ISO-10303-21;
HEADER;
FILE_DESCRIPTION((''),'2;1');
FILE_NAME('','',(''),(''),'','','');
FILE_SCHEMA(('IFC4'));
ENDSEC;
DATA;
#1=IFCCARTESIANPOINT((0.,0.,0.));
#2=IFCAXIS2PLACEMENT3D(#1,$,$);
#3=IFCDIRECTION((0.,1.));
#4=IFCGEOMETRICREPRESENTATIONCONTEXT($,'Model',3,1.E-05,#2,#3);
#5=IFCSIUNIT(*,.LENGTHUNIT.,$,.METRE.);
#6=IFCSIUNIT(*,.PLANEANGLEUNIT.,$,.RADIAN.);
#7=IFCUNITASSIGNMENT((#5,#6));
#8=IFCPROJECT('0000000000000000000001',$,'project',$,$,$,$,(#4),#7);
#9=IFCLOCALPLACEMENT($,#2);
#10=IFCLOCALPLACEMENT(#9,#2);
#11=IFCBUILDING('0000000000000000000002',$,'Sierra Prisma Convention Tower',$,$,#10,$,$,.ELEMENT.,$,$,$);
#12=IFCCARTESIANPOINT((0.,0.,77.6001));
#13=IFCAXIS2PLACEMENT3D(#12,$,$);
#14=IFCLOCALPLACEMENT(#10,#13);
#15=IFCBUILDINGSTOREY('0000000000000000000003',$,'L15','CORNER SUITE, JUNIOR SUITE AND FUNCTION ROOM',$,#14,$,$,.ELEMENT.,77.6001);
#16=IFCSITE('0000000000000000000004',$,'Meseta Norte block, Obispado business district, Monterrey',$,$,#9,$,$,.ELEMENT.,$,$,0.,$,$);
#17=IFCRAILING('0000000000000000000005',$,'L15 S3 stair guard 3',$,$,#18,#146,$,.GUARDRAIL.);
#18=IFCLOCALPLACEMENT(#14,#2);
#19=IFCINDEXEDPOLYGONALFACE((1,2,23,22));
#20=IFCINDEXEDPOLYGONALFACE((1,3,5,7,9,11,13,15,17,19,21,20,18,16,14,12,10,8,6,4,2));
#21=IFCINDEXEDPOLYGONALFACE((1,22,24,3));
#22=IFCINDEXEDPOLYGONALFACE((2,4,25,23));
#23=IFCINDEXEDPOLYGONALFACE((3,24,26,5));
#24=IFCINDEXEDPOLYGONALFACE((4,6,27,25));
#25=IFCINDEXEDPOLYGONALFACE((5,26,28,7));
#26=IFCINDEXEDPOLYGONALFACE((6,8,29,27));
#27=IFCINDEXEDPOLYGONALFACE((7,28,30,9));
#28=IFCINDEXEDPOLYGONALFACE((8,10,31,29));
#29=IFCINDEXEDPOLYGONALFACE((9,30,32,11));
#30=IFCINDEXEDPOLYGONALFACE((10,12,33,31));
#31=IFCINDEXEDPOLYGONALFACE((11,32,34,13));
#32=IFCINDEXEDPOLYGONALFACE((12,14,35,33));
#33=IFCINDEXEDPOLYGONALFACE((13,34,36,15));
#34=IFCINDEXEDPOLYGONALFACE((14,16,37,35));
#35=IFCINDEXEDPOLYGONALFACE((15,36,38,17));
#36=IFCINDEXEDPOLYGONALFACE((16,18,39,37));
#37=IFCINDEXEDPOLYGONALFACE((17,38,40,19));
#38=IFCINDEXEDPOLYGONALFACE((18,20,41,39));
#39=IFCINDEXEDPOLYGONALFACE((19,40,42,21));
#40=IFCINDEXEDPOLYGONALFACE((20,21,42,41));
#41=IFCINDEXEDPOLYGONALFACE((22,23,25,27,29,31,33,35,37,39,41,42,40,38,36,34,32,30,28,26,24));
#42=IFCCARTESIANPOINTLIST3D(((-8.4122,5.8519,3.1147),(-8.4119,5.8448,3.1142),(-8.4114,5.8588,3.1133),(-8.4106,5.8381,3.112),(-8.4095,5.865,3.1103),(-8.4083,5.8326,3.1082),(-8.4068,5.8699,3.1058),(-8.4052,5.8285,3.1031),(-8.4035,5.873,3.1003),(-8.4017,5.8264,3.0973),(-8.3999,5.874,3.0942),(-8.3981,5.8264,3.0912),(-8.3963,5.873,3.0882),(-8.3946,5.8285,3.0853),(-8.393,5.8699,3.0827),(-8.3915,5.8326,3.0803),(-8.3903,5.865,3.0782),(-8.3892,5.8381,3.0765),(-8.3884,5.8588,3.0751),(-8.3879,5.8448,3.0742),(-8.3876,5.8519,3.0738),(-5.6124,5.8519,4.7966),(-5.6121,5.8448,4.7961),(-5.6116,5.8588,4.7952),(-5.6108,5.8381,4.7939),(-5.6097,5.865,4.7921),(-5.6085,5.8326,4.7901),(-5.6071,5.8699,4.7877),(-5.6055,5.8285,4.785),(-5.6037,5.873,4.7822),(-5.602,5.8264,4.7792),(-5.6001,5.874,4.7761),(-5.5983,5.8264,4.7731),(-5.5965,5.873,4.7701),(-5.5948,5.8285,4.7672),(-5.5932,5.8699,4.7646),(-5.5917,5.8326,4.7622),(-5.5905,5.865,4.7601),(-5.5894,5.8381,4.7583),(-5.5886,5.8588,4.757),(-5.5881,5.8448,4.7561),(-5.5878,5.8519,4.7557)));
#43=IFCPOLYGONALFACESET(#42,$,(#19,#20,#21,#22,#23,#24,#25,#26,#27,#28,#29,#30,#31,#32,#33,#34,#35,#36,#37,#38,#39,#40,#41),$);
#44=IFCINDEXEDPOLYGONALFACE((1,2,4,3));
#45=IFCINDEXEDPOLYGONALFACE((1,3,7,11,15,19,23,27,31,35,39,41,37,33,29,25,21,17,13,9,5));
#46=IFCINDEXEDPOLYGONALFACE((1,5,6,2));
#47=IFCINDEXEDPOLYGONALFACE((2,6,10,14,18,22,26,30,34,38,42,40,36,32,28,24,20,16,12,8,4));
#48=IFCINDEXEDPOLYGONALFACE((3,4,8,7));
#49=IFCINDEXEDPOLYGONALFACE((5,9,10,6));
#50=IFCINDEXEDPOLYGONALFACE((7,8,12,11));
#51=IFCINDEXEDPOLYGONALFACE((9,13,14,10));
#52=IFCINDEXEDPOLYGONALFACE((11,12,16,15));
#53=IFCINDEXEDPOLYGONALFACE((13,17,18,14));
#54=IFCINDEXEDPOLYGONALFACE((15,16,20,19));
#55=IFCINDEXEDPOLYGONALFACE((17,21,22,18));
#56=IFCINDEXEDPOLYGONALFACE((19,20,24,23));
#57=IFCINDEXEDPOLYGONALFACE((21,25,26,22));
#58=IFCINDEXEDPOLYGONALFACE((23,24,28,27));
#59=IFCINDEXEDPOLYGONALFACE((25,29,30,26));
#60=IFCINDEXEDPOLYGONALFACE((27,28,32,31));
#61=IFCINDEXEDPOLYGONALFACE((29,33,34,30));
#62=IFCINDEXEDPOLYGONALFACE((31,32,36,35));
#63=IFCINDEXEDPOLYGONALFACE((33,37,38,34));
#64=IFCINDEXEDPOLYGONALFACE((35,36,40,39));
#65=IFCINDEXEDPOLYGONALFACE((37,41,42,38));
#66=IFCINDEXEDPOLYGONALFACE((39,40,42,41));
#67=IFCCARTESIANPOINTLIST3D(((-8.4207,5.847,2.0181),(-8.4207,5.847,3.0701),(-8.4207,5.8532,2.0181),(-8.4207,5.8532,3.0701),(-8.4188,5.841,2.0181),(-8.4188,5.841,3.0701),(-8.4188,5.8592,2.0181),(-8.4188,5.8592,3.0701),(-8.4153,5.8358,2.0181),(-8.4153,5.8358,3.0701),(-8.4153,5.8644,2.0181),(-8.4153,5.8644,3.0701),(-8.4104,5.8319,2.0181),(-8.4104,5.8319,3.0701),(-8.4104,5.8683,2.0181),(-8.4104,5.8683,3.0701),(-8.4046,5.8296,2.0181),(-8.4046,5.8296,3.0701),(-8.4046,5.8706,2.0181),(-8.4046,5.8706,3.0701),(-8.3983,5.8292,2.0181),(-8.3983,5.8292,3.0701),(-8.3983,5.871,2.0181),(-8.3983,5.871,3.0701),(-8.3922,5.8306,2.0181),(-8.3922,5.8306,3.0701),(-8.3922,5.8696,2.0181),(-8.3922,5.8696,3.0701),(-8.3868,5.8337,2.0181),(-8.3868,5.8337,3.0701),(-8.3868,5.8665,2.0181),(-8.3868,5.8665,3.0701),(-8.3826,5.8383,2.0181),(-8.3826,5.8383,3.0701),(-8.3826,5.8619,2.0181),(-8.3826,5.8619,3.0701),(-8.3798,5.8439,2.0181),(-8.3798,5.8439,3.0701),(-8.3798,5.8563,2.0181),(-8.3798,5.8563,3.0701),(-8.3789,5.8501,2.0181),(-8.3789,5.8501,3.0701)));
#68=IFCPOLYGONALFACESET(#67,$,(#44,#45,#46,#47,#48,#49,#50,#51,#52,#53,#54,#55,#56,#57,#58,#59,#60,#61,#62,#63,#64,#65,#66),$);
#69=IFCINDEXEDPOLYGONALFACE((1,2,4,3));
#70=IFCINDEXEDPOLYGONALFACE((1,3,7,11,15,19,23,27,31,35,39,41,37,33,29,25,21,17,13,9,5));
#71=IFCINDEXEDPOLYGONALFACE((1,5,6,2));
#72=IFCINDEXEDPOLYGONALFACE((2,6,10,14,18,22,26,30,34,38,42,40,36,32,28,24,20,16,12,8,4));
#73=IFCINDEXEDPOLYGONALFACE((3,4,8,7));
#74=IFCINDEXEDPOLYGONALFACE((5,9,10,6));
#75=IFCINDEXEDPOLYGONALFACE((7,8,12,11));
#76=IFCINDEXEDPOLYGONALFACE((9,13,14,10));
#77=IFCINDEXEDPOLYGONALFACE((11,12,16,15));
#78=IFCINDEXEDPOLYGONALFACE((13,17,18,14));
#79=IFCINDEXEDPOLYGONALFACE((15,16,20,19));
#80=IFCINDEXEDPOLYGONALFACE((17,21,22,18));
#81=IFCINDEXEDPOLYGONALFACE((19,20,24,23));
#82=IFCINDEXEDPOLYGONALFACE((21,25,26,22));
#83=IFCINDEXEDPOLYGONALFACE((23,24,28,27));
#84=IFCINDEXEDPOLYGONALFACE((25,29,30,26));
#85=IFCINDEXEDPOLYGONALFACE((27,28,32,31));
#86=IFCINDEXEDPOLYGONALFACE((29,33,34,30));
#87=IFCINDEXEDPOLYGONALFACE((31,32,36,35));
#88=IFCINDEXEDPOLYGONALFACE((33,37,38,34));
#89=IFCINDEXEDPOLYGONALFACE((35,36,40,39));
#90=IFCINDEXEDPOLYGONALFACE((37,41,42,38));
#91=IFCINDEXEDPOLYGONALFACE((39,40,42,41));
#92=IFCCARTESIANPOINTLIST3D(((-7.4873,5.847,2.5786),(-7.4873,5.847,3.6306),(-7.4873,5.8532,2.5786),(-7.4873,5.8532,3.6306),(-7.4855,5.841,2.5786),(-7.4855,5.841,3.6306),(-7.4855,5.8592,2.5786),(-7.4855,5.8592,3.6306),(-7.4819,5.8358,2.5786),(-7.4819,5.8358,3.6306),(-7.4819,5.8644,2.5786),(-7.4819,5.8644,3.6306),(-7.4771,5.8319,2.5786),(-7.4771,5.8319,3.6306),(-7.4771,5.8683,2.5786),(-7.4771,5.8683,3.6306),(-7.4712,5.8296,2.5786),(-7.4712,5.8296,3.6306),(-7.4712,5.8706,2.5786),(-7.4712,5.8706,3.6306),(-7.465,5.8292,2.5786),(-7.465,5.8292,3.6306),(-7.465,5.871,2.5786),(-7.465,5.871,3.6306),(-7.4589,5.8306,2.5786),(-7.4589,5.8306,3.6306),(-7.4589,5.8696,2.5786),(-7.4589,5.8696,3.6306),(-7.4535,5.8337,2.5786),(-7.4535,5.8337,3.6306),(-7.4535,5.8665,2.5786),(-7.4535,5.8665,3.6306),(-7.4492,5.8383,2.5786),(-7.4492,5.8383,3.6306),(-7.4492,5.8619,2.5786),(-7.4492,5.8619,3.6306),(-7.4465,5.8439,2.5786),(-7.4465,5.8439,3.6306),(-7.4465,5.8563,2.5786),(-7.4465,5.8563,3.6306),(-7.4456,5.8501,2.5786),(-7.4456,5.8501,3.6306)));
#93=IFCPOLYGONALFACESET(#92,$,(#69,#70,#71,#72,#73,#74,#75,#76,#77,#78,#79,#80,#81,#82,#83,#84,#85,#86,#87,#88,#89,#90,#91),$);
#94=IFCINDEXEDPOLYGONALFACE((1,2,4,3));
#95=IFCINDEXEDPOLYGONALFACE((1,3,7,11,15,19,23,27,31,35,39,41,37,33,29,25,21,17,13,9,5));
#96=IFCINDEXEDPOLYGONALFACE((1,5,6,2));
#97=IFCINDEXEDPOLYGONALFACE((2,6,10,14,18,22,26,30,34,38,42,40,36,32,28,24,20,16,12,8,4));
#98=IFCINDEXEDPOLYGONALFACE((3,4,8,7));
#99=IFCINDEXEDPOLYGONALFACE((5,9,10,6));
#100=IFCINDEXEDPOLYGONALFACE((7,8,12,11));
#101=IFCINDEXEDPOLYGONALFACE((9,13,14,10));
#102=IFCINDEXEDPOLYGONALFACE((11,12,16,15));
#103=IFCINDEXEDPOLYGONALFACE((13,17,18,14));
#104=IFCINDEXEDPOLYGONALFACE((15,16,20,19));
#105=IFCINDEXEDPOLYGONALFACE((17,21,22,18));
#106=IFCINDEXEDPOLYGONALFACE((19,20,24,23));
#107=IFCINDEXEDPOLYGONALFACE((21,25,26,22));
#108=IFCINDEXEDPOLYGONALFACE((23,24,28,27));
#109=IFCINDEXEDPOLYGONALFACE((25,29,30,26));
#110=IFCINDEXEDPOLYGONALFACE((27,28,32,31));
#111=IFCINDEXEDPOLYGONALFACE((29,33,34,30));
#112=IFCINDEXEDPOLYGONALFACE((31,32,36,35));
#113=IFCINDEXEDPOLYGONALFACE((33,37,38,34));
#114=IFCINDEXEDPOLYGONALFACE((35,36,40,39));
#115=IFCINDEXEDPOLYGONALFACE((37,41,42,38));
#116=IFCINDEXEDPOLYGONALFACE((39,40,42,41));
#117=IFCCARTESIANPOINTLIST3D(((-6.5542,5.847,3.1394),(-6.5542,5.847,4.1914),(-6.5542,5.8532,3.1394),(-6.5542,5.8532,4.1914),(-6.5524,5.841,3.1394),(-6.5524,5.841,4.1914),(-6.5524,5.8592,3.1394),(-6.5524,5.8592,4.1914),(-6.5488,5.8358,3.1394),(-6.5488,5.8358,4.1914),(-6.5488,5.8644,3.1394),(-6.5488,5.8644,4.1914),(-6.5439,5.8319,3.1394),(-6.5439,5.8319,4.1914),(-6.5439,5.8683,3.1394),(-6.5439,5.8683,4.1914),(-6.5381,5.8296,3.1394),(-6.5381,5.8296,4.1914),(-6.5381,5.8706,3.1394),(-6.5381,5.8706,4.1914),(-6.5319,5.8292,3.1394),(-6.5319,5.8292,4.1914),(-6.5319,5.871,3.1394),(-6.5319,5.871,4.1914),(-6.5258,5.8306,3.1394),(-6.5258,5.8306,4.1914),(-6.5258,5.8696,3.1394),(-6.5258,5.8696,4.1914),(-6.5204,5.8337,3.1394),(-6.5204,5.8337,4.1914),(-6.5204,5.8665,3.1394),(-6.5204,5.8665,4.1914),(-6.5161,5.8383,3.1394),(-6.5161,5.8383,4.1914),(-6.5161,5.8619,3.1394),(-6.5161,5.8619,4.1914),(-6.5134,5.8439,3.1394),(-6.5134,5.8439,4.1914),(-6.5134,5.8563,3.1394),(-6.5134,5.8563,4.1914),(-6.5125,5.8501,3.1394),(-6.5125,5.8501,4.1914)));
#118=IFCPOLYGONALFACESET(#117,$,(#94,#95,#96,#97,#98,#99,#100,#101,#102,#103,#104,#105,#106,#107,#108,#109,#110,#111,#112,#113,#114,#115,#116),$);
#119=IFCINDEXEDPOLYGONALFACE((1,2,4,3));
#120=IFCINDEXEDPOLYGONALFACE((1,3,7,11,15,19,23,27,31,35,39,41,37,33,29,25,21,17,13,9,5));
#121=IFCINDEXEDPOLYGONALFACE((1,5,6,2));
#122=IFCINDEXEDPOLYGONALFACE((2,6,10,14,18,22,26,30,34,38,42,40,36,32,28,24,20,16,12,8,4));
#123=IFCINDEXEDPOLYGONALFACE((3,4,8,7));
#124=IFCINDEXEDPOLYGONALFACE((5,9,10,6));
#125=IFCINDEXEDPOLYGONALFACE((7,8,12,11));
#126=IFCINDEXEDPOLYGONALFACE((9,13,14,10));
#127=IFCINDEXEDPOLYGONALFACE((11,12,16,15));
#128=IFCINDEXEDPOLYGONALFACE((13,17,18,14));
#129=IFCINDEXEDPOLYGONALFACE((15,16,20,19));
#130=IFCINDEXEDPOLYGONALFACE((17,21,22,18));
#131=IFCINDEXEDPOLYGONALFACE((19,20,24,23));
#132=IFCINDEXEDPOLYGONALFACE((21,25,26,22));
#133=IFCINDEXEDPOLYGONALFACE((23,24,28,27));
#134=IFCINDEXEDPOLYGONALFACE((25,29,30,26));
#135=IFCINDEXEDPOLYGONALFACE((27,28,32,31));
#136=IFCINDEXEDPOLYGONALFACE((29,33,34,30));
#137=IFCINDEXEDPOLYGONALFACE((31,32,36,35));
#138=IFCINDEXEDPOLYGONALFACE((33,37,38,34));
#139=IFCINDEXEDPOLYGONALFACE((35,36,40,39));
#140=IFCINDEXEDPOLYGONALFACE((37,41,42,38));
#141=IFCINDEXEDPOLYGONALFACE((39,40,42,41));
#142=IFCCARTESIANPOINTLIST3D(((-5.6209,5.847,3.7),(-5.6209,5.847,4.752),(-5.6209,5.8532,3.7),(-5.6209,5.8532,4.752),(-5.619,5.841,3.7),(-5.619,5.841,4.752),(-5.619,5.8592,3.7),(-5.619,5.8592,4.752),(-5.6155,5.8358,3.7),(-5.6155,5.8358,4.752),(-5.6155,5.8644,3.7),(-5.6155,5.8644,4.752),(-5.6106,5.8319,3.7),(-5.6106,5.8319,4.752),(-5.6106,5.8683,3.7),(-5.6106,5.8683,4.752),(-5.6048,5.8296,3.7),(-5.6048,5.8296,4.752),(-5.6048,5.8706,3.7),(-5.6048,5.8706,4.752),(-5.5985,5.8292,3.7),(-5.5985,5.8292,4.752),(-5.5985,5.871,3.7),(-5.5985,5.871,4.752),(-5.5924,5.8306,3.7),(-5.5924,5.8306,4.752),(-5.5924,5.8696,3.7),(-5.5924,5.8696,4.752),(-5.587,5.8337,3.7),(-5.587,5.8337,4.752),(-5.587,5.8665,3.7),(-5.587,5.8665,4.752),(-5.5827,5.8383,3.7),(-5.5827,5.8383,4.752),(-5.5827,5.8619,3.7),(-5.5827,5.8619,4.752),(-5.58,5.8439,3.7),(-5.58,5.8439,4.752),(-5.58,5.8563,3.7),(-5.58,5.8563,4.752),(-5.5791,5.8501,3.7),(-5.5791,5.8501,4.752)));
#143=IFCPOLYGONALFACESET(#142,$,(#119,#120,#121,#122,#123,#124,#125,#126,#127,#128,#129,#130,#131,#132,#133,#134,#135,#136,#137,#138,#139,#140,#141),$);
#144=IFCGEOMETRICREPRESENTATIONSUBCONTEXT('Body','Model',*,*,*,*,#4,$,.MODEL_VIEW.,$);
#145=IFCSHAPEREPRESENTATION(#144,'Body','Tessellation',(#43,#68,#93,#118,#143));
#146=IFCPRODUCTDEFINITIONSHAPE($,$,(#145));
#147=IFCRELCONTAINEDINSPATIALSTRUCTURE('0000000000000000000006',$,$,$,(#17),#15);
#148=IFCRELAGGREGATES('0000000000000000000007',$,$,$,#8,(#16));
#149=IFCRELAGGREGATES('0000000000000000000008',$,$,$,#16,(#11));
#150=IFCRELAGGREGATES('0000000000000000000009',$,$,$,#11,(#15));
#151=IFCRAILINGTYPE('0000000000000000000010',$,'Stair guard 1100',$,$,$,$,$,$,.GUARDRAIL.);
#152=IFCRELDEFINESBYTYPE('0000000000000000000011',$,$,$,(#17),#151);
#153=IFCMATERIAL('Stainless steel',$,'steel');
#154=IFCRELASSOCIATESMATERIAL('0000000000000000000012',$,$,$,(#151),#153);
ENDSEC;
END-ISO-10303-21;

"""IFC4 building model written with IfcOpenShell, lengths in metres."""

from ifc_helpers import new_model, si_unit, direction, frame, origin, origin_2d, place, context, subcontext, project, spatial, circle, extrude, material, type_object, element, save


model = new_model("IFC4")

# Units and contexts
model_context = context("Model", 3, precision=1e-05, world=origin(), true_north=direction((0.0, 1.0)))
body_context = subcontext(model_context, "Body", "Model", "MODEL_VIEW")
ifc_project = project(units=[si_unit("LENGTHUNIT", "METRE"), si_unit("PLANEANGLEUNIT", "RADIAN")], contexts=[model_context])

# Site, building, storey
site_placement = place(None, origin())
site = spatial("IfcSite", under=ifc_project, at=site_placement, Name="Meseta Norte block, Obispado business district, Monterrey", CompositionType="ELEMENT", RefElevation=0.0)
building_placement = place(site_placement, origin())
building = spatial("IfcBuilding", under=site, at=building_placement, Name="Sierra Prisma Convention Tower", CompositionType="ELEMENT")
storey_placement = place(building_placement, frame((0.0, 0.0, 77.6001)))
storey = spatial("IfcBuildingStorey", under=building, at=storey_placement, Name="L15", Description="CORNER SUITE, JUNIOR SUITE AND FUNCTION ROOM", CompositionType="ELEMENT", Elevation=77.6001)

# Railing
ifc_material_1 = material(Name="Stainless steel", Category="steel")
railing_type_1 = type_object("IfcRailingType", Name="Stair guard 1100", PredefinedType="GUARDRAIL", material=ifc_material_1)
railing_1_placement = place(storey_placement, frame((-8.3999, 5.8501, 2.0181)))
element("IfcRailing", 1, at=railing_1_placement, inside=storey, type_object=railing_type_1, Name="L15 S3 stair guard 3", PredefinedType="GUARDRAIL", context=body_context, shape_type="SweptSolid", body=[
    extrude(circle(Radius=0.0239, at=origin_2d()), frame((0.0, 0.0, 1.0762), z_axis=(0.857222, 0.0, 0.514946), x_axis=(0.0, 1.0, 0.0)), (0.0, 0.0, 1.0), 3.2661),
    extrude(circle(Radius=0.021, at=origin_2d()), origin(), (0.0, 0.0, 1.0), 1.052),
    extrude(circle(Radius=0.021, at=origin_2d()), frame((0.9333, 0.0, 0.5605)), (0.0, 0.0, 1.0), 1.052),
    extrude(circle(Radius=0.021, at=origin_2d()), frame((1.8665, 0.0, 1.1213)), (0.0, 0.0, 1.0), 1.052),
    extrude(circle(Radius=0.021, at=origin_2d()), frame((2.7998, 0.0, 1.6819)), (0.0, 0.0, 1.0), 1.052),
])

save(model, "model.ifc")
